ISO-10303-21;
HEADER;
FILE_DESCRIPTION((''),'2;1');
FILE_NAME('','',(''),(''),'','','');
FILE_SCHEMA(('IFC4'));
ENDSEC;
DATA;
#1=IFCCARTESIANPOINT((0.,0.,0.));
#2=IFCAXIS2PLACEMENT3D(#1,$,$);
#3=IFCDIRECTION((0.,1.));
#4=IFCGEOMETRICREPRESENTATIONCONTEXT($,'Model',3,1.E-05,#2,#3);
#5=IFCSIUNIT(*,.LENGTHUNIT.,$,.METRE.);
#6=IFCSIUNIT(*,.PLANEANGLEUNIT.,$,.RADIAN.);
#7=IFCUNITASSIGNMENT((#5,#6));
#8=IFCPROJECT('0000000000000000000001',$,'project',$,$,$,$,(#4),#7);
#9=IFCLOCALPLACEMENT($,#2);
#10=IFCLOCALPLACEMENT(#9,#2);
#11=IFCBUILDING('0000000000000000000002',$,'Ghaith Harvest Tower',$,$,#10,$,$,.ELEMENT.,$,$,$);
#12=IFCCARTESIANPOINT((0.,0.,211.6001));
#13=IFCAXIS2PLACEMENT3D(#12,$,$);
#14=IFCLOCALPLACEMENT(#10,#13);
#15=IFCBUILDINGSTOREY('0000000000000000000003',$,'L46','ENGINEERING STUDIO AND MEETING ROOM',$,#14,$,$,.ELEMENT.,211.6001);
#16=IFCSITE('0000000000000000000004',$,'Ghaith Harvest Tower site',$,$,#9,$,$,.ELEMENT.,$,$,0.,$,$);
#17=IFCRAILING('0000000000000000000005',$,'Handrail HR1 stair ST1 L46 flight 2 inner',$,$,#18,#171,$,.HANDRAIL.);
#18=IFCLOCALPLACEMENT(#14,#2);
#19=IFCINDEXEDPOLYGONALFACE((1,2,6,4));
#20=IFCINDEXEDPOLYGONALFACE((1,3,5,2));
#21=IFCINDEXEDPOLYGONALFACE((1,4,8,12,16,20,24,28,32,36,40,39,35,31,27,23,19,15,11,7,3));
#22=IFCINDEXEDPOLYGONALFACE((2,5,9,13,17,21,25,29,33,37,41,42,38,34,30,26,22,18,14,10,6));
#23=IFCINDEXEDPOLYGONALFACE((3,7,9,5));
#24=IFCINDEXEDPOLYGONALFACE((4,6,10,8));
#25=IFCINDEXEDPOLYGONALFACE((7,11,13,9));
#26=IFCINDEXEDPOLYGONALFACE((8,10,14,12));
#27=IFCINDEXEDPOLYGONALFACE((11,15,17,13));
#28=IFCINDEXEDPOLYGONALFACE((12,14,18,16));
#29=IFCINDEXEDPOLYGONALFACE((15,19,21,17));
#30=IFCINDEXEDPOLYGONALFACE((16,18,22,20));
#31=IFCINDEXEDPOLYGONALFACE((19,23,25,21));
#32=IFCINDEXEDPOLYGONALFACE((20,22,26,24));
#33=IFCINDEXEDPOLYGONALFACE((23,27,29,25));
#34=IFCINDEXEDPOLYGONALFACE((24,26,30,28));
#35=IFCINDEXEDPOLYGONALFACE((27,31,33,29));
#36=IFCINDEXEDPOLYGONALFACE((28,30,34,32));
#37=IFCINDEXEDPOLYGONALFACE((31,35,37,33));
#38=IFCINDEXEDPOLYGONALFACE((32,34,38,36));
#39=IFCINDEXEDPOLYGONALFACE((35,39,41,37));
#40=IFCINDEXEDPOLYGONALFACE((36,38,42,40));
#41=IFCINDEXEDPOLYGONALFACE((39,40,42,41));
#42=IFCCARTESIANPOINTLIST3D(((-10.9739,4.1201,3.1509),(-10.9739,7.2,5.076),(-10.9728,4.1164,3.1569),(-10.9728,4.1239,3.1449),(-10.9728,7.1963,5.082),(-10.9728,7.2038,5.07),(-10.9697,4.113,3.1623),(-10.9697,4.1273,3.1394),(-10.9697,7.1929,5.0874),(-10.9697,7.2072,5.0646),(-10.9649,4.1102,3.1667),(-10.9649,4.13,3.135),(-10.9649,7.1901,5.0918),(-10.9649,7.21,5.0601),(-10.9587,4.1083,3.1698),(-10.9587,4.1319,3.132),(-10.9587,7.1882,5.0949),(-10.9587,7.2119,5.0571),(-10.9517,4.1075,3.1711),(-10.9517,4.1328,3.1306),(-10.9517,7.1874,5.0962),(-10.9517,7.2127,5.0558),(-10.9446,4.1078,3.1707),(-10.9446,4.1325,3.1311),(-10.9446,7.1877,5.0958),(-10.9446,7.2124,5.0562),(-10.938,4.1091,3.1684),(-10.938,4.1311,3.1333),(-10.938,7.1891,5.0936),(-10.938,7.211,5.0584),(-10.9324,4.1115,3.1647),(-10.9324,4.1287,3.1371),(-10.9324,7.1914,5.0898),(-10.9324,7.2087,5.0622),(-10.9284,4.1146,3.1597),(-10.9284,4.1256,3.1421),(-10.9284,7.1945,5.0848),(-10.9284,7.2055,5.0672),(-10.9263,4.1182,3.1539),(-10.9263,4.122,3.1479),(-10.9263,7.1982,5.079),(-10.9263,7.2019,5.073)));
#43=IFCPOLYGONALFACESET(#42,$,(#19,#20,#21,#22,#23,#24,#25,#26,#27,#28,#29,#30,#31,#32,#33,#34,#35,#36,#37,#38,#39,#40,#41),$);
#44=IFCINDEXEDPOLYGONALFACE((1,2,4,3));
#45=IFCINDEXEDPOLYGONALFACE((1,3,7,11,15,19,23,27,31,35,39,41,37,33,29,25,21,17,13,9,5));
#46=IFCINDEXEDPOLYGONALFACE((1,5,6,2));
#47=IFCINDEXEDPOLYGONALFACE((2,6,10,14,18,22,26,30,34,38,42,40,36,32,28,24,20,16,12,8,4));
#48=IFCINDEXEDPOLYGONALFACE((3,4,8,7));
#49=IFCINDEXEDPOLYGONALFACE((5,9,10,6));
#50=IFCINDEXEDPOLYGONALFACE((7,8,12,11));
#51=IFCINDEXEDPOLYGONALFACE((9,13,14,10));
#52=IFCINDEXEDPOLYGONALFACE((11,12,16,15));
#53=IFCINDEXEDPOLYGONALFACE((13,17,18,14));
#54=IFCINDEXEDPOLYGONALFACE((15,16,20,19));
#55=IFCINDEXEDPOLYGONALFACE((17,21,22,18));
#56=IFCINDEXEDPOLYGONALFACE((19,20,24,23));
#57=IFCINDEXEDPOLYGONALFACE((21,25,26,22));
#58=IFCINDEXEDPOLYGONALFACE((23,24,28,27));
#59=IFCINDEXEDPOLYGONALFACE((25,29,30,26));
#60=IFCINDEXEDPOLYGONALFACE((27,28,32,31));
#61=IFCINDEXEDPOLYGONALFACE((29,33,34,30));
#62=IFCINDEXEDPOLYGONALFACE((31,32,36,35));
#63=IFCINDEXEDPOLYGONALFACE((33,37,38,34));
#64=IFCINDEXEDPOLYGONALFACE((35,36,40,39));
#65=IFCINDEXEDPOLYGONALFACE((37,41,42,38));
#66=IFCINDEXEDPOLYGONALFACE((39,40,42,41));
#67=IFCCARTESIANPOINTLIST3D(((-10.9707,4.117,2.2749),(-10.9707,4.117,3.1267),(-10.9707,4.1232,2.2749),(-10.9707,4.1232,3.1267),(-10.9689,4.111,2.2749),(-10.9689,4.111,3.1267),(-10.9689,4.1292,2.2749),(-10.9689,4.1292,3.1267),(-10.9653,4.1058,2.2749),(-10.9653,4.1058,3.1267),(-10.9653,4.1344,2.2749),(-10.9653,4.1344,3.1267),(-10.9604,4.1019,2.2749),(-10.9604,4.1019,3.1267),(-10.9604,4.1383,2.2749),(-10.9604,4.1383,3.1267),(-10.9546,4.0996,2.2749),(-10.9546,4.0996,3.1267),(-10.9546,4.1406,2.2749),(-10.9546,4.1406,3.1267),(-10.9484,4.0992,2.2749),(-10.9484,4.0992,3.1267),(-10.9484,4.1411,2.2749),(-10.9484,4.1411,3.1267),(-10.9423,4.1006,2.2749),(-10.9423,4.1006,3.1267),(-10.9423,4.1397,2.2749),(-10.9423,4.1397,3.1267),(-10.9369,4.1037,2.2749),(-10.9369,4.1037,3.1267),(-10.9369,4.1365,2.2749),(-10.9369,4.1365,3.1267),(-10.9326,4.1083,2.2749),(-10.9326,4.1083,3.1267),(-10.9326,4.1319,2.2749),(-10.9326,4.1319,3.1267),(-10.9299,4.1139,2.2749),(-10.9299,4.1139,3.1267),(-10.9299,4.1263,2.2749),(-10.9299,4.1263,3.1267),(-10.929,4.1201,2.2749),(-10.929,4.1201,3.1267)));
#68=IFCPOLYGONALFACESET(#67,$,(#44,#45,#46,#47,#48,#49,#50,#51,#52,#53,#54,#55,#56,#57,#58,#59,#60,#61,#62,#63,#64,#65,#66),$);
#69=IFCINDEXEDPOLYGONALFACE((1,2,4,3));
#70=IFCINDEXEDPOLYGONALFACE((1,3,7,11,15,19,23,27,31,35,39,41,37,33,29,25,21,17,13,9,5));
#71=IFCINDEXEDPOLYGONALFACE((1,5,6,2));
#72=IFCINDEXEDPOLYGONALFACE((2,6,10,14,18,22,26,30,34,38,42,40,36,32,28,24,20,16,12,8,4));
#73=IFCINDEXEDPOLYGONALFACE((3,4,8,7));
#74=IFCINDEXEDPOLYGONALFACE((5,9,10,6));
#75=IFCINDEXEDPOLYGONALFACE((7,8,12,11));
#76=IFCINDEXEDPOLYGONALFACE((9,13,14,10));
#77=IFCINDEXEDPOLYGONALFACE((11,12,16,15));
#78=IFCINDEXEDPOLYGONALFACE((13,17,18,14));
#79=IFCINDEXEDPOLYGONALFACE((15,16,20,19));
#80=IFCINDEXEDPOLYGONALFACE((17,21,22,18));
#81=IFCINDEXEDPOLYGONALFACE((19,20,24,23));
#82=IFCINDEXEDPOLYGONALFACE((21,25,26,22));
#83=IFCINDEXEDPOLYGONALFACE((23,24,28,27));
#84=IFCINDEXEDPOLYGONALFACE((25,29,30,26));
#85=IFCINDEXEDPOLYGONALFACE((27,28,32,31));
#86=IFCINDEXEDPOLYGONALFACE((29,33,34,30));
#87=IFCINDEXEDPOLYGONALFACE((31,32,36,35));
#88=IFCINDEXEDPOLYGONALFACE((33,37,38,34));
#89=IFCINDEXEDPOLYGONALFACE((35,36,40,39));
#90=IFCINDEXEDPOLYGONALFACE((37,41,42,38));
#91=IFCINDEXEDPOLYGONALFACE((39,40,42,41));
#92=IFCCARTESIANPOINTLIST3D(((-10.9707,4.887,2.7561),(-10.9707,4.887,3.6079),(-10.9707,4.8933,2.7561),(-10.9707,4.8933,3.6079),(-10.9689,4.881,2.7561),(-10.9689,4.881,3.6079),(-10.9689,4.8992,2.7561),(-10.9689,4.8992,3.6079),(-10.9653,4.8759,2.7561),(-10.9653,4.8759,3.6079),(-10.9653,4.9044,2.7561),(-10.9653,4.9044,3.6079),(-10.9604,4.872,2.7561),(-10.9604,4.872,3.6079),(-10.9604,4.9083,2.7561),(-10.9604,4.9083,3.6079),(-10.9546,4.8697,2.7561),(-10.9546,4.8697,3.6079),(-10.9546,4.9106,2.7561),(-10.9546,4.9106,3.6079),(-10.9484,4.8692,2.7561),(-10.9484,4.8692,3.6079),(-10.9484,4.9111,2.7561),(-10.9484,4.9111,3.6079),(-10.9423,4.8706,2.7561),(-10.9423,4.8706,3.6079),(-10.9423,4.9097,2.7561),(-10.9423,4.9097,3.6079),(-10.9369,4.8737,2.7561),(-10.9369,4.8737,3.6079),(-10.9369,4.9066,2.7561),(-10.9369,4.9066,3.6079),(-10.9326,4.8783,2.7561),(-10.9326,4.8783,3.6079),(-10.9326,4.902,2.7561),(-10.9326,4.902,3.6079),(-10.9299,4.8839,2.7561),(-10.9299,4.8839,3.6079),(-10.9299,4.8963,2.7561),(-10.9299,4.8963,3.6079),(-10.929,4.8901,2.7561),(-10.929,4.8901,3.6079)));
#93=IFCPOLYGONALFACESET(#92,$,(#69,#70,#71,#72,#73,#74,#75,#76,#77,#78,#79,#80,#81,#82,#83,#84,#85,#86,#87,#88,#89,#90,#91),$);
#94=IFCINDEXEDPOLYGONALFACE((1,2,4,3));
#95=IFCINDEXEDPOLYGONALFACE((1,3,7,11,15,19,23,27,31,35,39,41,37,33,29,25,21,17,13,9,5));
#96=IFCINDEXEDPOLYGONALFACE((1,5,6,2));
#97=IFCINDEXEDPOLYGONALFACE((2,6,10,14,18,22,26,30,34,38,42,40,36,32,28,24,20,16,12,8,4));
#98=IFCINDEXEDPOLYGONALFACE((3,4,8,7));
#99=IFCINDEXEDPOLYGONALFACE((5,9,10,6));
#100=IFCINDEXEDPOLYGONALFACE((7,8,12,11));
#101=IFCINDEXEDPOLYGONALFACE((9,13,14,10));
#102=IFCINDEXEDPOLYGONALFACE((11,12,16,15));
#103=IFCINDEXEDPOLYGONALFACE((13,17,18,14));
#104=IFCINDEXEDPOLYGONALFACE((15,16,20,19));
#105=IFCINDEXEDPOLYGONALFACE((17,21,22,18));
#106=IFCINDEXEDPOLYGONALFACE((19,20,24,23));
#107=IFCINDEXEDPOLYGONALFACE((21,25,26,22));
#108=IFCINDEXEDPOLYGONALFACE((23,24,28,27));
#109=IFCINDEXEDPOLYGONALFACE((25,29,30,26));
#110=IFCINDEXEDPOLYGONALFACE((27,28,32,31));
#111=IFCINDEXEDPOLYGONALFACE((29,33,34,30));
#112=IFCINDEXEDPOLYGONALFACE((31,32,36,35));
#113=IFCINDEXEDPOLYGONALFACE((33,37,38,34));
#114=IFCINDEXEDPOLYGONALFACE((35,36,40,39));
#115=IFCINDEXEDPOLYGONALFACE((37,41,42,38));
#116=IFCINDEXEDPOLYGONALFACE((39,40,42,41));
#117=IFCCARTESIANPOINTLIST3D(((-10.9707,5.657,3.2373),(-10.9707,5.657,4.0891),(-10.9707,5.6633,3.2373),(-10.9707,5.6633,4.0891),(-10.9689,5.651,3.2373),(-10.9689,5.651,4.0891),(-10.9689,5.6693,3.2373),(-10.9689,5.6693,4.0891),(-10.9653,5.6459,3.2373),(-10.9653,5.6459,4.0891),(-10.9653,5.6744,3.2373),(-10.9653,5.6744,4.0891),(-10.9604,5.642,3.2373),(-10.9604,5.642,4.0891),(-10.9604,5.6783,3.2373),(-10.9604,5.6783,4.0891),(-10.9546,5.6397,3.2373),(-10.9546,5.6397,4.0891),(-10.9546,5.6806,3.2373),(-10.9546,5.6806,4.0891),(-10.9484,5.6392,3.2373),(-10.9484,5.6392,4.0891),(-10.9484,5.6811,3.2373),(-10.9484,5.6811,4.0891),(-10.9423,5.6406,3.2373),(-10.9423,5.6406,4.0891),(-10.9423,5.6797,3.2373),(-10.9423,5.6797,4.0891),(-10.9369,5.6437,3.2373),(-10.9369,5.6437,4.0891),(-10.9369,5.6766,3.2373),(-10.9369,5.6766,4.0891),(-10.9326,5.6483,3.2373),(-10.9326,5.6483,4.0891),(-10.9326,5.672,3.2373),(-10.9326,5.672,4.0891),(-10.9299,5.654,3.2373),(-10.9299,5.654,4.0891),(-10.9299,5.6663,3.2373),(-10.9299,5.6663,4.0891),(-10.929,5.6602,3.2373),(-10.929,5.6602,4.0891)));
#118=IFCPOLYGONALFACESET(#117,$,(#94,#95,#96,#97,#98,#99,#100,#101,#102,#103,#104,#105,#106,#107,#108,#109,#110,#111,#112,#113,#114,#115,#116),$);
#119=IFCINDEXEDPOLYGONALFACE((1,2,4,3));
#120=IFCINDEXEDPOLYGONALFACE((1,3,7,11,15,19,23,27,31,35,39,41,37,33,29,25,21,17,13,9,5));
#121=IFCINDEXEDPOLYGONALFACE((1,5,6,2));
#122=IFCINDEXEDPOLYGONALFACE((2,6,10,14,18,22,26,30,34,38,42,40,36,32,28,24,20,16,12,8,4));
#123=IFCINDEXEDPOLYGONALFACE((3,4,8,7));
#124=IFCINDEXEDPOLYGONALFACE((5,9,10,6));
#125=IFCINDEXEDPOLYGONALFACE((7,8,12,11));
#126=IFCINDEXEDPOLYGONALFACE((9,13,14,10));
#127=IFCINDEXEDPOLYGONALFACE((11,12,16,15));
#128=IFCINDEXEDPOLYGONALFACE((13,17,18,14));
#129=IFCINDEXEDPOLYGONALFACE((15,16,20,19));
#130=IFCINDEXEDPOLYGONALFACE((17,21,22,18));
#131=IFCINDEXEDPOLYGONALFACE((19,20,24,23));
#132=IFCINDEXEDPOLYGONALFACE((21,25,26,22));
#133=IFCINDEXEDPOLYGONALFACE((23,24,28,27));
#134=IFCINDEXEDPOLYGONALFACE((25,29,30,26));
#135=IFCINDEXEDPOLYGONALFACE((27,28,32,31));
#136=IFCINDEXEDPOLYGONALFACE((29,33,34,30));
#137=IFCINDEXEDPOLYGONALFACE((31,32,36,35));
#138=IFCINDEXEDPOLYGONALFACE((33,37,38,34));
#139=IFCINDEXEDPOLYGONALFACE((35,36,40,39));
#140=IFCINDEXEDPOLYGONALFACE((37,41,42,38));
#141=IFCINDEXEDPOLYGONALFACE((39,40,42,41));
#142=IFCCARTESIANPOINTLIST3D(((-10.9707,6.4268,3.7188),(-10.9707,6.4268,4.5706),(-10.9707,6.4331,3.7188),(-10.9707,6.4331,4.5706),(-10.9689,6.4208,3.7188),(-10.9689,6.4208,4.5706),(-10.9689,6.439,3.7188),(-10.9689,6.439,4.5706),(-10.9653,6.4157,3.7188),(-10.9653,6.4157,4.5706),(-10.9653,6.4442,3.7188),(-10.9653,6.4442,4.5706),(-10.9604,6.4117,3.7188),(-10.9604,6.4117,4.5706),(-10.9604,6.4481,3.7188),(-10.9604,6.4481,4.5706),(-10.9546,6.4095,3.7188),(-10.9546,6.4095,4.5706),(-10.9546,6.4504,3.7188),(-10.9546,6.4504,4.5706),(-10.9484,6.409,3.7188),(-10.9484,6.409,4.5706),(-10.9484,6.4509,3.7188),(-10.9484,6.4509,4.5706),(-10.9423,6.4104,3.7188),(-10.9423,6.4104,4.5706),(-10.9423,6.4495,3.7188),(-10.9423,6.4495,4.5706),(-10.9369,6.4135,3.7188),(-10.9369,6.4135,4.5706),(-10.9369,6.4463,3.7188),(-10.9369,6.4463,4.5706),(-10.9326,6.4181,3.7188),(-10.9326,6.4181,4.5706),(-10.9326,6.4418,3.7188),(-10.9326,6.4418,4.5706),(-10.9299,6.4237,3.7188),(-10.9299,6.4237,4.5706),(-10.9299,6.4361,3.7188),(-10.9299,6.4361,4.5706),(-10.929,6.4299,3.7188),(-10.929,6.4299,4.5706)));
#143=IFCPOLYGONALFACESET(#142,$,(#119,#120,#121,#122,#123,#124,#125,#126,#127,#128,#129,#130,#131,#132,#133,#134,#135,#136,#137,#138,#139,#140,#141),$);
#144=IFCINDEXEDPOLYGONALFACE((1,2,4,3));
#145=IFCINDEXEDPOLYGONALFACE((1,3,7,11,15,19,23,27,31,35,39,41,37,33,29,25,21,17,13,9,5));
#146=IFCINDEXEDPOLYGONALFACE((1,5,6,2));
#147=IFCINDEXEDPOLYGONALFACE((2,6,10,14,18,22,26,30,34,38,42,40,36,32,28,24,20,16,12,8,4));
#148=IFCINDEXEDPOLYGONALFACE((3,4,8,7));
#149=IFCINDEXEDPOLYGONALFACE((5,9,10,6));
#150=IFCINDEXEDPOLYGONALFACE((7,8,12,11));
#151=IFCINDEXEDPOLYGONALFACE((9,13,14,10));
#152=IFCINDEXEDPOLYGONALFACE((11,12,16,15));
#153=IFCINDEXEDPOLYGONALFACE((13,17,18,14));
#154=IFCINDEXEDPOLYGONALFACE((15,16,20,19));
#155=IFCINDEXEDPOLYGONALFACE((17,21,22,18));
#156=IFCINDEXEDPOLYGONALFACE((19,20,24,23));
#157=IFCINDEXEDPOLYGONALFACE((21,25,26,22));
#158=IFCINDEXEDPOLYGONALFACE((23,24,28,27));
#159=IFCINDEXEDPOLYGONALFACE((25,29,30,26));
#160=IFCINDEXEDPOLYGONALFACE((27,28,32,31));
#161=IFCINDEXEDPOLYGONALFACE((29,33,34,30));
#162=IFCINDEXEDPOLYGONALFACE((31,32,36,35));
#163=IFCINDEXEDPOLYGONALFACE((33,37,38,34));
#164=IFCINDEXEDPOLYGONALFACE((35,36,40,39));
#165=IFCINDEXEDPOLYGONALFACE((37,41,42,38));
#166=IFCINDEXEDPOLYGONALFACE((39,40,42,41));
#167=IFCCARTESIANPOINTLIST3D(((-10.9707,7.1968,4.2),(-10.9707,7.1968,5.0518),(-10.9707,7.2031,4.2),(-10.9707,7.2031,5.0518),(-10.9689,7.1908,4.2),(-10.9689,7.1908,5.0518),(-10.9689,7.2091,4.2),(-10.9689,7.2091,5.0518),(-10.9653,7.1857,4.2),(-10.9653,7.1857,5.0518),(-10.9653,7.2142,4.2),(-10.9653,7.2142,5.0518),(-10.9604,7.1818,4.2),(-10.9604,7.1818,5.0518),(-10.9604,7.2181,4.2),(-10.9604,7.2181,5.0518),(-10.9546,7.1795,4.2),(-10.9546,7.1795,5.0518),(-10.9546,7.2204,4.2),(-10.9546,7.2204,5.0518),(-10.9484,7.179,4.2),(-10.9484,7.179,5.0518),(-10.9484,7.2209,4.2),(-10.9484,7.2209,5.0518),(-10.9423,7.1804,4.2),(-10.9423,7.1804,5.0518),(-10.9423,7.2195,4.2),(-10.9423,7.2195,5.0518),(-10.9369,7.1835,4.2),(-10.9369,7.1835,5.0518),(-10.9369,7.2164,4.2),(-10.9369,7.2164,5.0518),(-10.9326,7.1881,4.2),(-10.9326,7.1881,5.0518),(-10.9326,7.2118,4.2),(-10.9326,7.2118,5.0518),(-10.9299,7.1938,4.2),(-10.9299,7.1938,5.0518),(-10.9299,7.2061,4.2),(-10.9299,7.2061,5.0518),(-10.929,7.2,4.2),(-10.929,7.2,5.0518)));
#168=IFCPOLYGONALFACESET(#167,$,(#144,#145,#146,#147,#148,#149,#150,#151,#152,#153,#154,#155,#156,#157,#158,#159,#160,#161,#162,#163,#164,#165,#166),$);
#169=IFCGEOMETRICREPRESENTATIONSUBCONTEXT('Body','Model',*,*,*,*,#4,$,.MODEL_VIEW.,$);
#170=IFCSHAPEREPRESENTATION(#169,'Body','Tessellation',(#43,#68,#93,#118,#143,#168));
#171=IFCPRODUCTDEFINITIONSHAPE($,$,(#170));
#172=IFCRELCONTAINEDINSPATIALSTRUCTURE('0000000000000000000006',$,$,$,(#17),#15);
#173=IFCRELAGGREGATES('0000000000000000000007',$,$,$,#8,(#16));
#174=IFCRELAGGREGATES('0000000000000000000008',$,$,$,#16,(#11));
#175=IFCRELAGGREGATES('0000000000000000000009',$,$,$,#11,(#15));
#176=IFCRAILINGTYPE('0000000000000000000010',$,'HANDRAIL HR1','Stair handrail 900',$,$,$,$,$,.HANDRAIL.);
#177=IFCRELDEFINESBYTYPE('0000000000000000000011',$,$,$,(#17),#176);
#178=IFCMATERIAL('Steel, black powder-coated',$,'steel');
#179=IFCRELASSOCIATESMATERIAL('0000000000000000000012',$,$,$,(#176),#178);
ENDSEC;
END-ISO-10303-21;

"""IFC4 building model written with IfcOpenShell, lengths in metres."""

from ifc_helpers import new_model, si_unit, direction, frame, origin, origin_2d, place, context, subcontext, project, spatial, circle, extrude, material, type_object, element, save


model = new_model("IFC4")

# Units and contexts
model_context = context("Model", 3, precision=1e-05, world=origin(), true_north=direction((0.0, 1.0)))
body_context = subcontext(model_context, "Body", "Model", "MODEL_VIEW")
ifc_project = project(units=[si_unit("LENGTHUNIT", "METRE"), si_unit("PLANEANGLEUNIT", "RADIAN")], contexts=[model_context])

# Site, building, storey
site_placement = place(None, origin())
site = spatial("IfcSite", under=ifc_project, at=site_placement, Name="Ghaith Harvest Tower site", CompositionType="ELEMENT", RefElevation=0.0)
building_placement = place(site_placement, origin())
building = spatial("IfcBuilding", under=site, at=building_placement, Name="Ghaith Harvest Tower", CompositionType="ELEMENT")
storey_placement = place(building_placement, frame((0.0, 0.0, 211.6001)))
storey = spatial("IfcBuildingStorey", under=building, at=storey_placement, Name="L46", Description="ENGINEERING STUDIO AND MEETING ROOM", CompositionType="ELEMENT", Elevation=211.6001)

# Railing
ifc_material_1 = material(Name="Steel, black powder-coated", Category="steel")
railing_type = type_object("IfcRailingType", Name="HANDRAIL HR1", Description="Stair handrail 900", PredefinedType="HANDRAIL", material=ifc_material_1)
railing_1_placement = place(storey_placement, frame((-10.95, 4.1201, 2.2749)))
element("IfcRailing", 1, at=railing_1_placement, inside=storey, type_object=railing_type, Name="Handrail HR1 stair ST1 L46 flight 2 inner", PredefinedType="HANDRAIL", context=body_context, shape_type="SweptSolid", body=[
    extrude(circle(Radius=0.0239, at=origin_2d()), frame((0.0, 0.0, 0.876), z_axis=(0.0, 0.847979, 0.530029), x_axis=(-1.0, 0.0, 0.0)), (0.0, 0.0, 1.0), 3.6321),
    extrude(circle(Radius=0.021, at=origin_2d()), origin(), (0.0, 0.0, 1.0), 0.8518),
    extrude(circle(Radius=0.021, at=origin_2d()), frame((0.0, 0.77, 0.4812)), (0.0, 0.0, 1.0), 0.8518),
    extrude(circle(Radius=0.021, at=origin_2d()), frame((0.0, 1.54, 0.9624)), (0.0, 0.0, 1.0), 0.8518),
    extrude(circle(Radius=0.021, at=origin_2d()), frame((0.0, 2.3098, 1.4438)), (0.0, 0.0, 1.0), 0.8518),
    extrude(circle(Radius=0.021, at=origin_2d()), frame((0.0, 3.0798, 1.925)), (0.0, 0.0, 1.0), 0.8518),
])

save(model, "model.ifc")
